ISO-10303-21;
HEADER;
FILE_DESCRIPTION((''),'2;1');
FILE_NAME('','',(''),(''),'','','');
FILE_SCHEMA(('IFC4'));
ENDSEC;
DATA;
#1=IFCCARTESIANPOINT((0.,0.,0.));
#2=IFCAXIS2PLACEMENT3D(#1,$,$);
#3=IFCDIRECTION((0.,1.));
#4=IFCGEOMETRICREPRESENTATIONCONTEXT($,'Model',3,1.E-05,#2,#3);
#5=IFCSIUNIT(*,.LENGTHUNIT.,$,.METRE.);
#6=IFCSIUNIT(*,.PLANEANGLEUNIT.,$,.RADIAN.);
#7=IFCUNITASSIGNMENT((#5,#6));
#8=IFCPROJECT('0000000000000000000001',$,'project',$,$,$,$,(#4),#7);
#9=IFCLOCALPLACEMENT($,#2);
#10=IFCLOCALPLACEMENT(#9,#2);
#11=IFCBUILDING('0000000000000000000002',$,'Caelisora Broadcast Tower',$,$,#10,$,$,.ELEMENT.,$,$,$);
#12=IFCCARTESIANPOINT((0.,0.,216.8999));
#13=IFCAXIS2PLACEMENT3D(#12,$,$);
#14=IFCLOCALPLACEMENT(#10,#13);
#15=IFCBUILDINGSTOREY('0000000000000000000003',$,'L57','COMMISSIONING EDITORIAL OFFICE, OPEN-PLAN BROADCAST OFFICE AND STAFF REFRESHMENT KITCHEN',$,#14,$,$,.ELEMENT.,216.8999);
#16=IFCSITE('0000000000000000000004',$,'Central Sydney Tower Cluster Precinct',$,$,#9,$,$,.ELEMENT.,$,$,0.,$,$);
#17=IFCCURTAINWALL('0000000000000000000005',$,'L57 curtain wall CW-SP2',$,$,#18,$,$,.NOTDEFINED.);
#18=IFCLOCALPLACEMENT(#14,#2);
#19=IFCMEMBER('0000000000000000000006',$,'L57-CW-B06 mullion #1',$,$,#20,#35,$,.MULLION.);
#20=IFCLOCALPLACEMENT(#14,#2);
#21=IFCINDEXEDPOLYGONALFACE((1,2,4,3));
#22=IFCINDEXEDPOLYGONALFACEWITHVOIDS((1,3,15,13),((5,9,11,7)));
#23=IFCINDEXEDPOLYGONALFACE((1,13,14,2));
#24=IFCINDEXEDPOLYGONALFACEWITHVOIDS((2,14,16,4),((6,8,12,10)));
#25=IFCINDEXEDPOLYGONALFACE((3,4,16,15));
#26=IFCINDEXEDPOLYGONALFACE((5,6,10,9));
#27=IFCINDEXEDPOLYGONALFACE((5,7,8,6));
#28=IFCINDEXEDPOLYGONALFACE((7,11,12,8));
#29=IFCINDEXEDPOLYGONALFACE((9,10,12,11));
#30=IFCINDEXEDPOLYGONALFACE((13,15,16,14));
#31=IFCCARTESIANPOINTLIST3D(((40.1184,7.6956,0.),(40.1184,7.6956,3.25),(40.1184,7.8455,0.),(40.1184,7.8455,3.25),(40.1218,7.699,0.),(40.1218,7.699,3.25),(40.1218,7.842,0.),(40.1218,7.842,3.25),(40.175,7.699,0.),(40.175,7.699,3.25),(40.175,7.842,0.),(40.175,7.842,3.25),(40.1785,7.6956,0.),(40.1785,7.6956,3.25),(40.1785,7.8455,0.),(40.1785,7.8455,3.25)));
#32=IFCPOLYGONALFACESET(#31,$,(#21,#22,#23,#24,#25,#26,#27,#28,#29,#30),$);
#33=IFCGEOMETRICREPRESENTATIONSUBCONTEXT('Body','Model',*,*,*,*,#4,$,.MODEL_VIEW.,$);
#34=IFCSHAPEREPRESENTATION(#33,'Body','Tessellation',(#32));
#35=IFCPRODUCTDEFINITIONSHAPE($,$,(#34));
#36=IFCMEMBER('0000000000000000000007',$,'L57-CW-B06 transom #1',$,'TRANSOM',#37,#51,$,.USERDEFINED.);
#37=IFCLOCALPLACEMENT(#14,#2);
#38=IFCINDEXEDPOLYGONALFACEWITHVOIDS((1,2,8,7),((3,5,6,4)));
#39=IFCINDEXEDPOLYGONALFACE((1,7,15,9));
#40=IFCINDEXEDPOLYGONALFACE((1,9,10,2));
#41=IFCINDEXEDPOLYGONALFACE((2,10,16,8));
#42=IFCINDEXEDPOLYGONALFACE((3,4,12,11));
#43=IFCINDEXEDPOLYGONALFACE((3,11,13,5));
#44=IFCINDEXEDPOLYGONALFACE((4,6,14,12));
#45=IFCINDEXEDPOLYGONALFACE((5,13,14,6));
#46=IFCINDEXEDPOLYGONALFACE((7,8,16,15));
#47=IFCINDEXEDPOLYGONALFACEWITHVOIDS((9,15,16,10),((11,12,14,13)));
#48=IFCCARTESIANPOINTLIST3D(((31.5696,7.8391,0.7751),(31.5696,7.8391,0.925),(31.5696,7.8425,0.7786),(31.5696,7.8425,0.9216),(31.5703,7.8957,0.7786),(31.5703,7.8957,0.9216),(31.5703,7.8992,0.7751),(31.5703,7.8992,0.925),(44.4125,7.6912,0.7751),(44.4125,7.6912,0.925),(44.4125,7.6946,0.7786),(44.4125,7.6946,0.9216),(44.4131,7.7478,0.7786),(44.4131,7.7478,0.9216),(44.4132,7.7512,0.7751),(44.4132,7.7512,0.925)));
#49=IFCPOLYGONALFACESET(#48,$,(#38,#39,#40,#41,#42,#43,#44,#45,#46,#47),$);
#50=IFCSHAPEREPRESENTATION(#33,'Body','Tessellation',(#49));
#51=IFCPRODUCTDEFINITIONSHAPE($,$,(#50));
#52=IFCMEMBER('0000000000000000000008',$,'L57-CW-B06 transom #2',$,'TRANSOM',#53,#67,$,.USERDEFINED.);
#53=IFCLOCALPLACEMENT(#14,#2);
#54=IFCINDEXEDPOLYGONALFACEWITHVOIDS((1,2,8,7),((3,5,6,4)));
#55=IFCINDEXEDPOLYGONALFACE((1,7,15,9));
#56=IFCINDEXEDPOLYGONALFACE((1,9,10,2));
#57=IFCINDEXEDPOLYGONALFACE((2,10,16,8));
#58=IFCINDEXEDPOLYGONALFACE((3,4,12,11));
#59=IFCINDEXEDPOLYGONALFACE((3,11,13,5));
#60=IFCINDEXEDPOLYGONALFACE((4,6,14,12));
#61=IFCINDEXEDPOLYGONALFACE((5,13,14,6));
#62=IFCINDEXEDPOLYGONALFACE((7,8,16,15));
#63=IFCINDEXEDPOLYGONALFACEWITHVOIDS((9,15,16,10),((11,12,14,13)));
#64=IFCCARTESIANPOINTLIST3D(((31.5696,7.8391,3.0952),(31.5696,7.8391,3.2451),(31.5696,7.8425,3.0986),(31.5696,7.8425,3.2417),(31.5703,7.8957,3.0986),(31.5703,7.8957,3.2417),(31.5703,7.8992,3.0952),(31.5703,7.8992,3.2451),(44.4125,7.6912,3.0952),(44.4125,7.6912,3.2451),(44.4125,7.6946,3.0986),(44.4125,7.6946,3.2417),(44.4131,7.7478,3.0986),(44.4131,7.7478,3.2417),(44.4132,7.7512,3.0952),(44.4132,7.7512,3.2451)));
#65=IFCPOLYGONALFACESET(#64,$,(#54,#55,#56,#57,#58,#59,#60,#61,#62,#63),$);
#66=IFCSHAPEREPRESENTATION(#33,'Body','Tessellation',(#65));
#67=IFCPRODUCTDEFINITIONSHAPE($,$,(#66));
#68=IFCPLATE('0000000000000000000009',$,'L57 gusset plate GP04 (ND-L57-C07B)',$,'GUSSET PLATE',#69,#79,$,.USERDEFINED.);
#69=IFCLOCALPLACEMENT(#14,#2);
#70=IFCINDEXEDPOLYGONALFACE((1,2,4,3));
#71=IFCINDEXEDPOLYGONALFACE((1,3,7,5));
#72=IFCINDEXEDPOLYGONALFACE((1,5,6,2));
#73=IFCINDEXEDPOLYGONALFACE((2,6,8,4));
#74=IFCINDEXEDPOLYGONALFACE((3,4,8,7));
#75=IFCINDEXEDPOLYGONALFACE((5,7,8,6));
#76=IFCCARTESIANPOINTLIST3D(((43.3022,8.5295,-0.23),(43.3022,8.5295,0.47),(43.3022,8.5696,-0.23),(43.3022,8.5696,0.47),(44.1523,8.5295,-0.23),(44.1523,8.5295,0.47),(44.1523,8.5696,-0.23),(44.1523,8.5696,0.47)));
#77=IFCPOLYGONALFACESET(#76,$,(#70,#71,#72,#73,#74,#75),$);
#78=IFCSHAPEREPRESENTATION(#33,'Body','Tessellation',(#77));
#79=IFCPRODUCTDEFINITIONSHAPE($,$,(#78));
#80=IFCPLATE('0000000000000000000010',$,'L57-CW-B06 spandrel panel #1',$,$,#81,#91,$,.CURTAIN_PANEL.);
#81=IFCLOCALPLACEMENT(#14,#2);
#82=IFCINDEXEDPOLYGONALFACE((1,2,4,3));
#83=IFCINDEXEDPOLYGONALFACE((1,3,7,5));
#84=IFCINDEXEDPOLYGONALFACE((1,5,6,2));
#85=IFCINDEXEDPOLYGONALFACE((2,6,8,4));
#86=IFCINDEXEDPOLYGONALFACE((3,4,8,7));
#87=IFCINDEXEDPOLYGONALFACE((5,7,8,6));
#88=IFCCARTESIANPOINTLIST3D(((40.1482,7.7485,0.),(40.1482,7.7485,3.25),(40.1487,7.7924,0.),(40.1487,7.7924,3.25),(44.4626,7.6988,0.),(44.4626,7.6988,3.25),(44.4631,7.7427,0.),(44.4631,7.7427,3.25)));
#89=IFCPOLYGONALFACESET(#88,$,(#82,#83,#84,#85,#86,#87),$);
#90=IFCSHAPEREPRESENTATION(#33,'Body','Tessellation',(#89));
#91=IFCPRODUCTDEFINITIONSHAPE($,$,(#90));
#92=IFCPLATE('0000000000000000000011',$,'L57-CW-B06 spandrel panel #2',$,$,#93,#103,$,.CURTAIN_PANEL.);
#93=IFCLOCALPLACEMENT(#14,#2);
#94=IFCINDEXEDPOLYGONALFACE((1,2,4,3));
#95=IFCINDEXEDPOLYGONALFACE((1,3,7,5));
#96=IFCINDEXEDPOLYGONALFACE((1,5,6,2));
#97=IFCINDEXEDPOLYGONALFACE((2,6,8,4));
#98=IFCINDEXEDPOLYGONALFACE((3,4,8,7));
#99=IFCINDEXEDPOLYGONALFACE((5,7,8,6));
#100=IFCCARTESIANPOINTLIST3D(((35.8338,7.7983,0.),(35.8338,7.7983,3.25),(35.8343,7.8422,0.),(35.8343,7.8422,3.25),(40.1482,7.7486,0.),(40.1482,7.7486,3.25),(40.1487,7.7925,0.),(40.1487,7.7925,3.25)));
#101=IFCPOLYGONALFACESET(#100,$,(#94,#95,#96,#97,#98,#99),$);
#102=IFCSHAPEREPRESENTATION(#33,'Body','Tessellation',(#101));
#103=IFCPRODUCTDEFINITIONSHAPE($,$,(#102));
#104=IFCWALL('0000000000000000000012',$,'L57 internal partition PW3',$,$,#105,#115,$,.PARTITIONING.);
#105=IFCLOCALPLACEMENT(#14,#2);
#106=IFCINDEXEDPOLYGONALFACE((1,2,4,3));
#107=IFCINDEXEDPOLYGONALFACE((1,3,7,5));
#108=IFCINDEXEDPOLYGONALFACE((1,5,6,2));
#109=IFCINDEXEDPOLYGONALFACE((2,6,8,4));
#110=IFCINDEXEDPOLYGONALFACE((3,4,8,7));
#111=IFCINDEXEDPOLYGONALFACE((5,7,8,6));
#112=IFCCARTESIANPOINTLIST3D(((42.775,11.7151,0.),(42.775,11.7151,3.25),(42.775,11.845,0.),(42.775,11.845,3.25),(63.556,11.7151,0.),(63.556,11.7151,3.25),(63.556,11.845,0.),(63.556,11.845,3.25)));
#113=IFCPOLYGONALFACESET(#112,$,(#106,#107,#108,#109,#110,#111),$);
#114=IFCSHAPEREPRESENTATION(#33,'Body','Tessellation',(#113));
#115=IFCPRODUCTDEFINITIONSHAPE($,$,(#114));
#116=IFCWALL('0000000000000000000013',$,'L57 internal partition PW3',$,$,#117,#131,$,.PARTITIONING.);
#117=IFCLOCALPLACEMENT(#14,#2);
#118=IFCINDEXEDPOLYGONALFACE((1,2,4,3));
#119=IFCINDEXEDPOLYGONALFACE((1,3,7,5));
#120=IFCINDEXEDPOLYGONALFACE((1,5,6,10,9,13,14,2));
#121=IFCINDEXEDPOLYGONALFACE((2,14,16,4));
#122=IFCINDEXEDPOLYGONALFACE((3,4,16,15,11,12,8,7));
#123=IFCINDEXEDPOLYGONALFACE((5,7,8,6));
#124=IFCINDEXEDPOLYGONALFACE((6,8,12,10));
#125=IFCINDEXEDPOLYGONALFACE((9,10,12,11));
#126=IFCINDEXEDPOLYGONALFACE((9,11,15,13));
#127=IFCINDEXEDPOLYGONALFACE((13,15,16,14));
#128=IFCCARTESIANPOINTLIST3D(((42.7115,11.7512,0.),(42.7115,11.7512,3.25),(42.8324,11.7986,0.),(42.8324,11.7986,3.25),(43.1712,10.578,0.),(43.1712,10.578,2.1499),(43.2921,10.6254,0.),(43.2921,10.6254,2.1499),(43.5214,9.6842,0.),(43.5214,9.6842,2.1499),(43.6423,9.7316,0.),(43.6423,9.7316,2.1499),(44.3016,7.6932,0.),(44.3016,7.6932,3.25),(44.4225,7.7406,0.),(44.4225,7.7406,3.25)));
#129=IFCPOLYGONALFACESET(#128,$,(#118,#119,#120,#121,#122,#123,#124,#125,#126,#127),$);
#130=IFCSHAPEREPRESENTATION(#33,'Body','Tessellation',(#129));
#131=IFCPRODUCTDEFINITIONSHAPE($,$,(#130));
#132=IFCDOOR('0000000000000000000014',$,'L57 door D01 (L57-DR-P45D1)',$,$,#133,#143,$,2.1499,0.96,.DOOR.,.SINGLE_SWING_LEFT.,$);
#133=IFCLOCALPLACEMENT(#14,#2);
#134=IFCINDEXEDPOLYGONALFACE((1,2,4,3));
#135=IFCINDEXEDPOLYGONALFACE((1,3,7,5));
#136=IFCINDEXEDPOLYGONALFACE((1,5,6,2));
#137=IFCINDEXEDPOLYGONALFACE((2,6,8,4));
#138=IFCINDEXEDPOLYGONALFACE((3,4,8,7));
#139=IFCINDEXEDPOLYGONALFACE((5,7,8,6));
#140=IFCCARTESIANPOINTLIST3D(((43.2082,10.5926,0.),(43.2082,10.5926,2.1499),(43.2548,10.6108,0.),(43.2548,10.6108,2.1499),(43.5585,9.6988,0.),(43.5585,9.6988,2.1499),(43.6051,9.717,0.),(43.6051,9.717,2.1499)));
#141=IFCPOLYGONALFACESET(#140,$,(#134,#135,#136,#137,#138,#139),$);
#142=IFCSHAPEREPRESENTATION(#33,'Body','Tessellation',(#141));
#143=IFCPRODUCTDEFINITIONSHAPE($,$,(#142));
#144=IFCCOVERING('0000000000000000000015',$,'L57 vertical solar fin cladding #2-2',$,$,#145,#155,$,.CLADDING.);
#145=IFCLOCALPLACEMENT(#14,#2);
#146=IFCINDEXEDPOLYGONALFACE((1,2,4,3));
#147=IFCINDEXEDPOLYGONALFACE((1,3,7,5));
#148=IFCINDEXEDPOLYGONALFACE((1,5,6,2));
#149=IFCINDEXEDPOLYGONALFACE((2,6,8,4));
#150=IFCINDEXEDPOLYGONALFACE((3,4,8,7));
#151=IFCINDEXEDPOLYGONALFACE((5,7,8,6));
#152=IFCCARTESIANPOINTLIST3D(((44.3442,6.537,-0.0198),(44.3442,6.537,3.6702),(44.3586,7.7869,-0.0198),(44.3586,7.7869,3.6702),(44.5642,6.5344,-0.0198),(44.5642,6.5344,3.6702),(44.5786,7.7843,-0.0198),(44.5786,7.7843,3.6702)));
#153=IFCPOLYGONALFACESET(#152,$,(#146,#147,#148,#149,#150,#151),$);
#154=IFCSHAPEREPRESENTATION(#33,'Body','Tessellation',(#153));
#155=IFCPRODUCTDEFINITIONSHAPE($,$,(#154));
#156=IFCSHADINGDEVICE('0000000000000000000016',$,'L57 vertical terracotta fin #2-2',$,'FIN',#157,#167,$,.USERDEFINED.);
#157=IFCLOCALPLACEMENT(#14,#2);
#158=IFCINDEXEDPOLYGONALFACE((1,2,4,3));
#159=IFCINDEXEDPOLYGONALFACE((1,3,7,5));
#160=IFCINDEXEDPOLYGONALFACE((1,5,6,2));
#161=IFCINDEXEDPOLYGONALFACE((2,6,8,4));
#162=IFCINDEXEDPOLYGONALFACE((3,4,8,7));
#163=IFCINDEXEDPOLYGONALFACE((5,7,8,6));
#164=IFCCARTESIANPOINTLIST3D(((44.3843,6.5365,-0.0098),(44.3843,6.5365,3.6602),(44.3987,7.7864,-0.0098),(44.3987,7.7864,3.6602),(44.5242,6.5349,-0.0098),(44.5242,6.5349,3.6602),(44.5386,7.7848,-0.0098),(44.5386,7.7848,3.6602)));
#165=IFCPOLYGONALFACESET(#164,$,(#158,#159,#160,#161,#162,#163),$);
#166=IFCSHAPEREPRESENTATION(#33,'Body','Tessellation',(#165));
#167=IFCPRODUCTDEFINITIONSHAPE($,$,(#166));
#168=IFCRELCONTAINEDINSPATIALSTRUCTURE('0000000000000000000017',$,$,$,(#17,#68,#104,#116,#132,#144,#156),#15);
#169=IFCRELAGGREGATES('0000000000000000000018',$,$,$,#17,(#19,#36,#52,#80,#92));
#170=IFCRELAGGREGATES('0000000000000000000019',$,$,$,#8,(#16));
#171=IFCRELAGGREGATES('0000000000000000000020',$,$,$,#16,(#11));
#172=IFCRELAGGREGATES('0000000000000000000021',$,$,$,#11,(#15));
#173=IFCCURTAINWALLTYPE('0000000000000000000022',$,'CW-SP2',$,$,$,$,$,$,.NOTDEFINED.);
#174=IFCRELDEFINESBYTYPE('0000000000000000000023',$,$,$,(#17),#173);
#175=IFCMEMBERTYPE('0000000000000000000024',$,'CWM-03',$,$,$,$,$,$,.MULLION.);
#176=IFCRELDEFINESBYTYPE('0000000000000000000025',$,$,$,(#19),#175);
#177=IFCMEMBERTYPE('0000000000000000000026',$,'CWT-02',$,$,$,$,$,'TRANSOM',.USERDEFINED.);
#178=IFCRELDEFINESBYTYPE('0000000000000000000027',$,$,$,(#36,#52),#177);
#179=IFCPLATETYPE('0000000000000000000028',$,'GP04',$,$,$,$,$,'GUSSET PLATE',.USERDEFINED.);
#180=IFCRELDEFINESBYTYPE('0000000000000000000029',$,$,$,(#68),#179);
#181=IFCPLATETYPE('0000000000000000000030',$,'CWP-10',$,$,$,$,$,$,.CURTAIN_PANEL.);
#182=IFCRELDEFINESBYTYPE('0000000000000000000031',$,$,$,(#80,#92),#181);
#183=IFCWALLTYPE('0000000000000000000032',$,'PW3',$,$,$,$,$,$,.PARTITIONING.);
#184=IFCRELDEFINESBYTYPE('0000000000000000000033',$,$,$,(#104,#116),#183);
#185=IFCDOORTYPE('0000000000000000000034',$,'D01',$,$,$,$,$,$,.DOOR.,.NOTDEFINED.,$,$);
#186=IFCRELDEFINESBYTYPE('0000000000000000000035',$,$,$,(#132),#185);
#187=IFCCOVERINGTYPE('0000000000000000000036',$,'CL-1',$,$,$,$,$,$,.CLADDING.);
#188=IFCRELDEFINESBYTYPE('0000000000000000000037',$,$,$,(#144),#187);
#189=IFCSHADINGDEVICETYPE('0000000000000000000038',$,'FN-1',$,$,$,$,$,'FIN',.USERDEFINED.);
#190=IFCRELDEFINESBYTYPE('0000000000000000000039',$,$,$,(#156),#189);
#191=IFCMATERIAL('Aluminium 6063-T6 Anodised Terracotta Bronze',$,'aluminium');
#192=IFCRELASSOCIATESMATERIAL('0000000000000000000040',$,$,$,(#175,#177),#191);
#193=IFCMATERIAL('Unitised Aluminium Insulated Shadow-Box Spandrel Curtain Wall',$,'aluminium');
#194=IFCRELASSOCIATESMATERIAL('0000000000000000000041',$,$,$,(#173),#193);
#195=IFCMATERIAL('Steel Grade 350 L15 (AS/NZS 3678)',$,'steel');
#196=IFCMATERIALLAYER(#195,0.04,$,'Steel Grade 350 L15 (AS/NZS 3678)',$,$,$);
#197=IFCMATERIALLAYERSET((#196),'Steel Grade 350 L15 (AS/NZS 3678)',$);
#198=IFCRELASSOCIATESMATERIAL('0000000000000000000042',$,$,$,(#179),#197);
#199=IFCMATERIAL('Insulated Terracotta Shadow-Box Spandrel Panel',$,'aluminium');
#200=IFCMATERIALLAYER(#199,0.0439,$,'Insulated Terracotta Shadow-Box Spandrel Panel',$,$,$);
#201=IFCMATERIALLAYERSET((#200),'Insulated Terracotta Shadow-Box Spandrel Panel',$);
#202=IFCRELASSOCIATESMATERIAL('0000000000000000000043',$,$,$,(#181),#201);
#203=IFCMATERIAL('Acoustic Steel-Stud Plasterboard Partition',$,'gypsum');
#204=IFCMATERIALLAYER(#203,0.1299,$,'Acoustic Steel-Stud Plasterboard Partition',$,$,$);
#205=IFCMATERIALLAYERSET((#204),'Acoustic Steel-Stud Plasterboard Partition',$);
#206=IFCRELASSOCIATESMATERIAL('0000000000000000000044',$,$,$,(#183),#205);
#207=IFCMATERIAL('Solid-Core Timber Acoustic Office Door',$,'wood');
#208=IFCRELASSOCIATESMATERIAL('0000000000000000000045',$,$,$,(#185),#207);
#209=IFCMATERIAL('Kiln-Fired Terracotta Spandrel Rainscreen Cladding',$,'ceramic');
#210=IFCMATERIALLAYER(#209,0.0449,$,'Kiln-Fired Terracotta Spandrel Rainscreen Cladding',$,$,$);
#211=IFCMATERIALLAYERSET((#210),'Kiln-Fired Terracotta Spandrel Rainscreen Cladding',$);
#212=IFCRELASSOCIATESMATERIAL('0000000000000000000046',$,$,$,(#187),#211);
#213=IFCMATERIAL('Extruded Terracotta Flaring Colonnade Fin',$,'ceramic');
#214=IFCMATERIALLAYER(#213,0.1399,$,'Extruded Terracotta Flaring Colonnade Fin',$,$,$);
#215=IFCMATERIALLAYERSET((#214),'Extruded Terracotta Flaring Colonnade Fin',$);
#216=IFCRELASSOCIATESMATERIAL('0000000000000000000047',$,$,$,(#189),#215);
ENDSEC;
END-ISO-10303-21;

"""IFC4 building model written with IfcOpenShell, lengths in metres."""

from ifc_helpers import new_model, si_unit, direction, frame, frame_2d, origin, origin_2d, place, context, subcontext, project, spatial, rectangle, hollow_rectangle, extrude, source, transform, mapped, material, layer, layer_set, material_profile, profile_set, type_object, type_shapes, element, fill, aggregate, save


model = new_model("IFC4")

# Units and contexts
model_context = context("Model", 3, precision=1e-05, world=origin(), true_north=direction((0.0, 1.0)))
body_context = subcontext(model_context, "Body", "Model", "MODEL_VIEW")
ifc_project = project(units=[si_unit("LENGTHUNIT", "METRE"), si_unit("PLANEANGLEUNIT", "RADIAN")], contexts=[model_context])

# Site, building, storey
site_placement = place(None, origin())
site = spatial("IfcSite", under=ifc_project, at=site_placement, Name="Central Sydney Tower Cluster Precinct", CompositionType="ELEMENT", RefElevation=0.0)
building_placement = place(site_placement, origin())
building = spatial("IfcBuilding", under=site, at=building_placement, Name="Caelisora Broadcast Tower", CompositionType="ELEMENT")
storey_placement = place(building_placement, frame((0.0, 0.0, 216.8999)))
storey = spatial("IfcBuildingStorey", under=building, at=storey_placement, Name="L57", Description="COMMISSIONING EDITORIAL OFFICE, OPEN-PLAN BROADCAST OFFICE AND STAFF REFRESHMENT KITCHEN", CompositionType="ELEMENT", Elevation=216.8999)

# Shared definitions
ifc_material_1 = material(Name="Steel Grade 350 L15 (AS/NZS 3678)", Category="steel")

# Shared definitions
ifc_material_2 = material(Name="Aluminium 6063-T6 Anodised Terracotta Bronze", Category="aluminium")
ifc_material_profile_1 = material_profile(ifc_material_2, hollow_rectangle(XDim=0.0601, YDim=0.1499, WallThickness=0.0034, at=origin_2d()), Name="Aluminium 6063-T6 Anodised Terracotta Bronze")
ifc_profile_set_1 = profile_set([ifc_material_profile_1], Name="Aluminium 6063-T6 Anodised Terracotta Bronze")
member_type_1 = type_object("IfcMemberType", Name="CWM-03", PredefinedType="MULLION", material=ifc_profile_set_1)
shared_shape_1 = source(origin(), body_context, "Body", "SweptSolid", [
    extrude(hollow_rectangle(XDim=0.0601, YDim=0.1499, WallThickness=0.0034, at=origin_2d()), origin(), (0.0, 0.0, 1.0), 3.25),
])
type_shapes(member_type_1, [shared_shape_1])

# Curtain wall, members
ifc_material_3 = material(Name="Unitised Aluminium Insulated Shadow-Box Spandrel Curtain Wall", Category="aluminium")
curtain_wall_type_1 = type_object("IfcCurtainWallType", Name="CW-SP2", PredefinedType="NOTDEFINED", material=ifc_material_3)
curtain_wall_1_placement = place(storey_placement, origin())
curtain_wall_1 = element("IfcCurtainWall", 1, at=curtain_wall_1_placement, inside=storey, type_object=curtain_wall_type_1, Name="L57 curtain wall CW-SP2", PredefinedType="NOTDEFINED")
member_1_placement = place(storey_placement, frame((40.1484, 7.7705, 0.0), z_axis=(0.0, 0.0, 1.0), x_axis=(1.0, 0.0, 0.0)))
member_1 = element("IfcMember", 2, at=member_1_placement, type_object=member_type_1, Name="L57-CW-B06 mullion #1", PredefinedType="MULLION", context=body_context, shape_type="MappedRepresentation", body=[
    mapped(shared_shape_1, transform((0.0, 0.0, 0.0), scale=1.0)),
])
ifc_material_profile_2 = material_profile(ifc_material_2, hollow_rectangle(XDim=0.0601, YDim=0.1499, WallThickness=0.0034, at=origin_2d()), Name="Aluminium 6063-T6 Anodised Terracotta Bronze")
ifc_profile_set_2 = profile_set([ifc_material_profile_2], Name="Aluminium 6063-T6 Anodised Terracotta Bronze")
member_type_2 = type_object("IfcMemberType", Name="CWT-02", ElementType="TRANSOM", PredefinedType="USERDEFINED", material=ifc_profile_set_2)
shared_shape_2 = source(origin(), body_context, "Body", "SweptSolid", [
    extrude(hollow_rectangle(XDim=0.0601, YDim=0.1499, WallThickness=0.0034, at=origin_2d()), origin(), (0.0, 0.0, 1.0), 12.8438),
])
type_shapes(member_type_2, [shared_shape_2])
member_2_placement = place(storey_placement, frame((44.4128, 7.7212, 0.8501), z_axis=(-0.999934, 0.011519, 0.0), x_axis=(-0.011519, -0.999934, 0.0)))
member_2 = element("IfcMember", 3, at=member_2_placement, type_object=member_type_2, Name="L57-CW-B06 transom #1", ObjectType="TRANSOM", PredefinedType="USERDEFINED", context=body_context, shape_type="MappedRepresentation", body=[
    mapped(shared_shape_2, transform((0.0, 0.0, 0.0), scale=1.0)),
])
member_3_placement = place(storey_placement, frame((44.4128, 7.7212, 3.1702), z_axis=(-0.999934, 0.011519, 0.0), x_axis=(-0.011519, -0.999934, 0.0)))
member_3 = element("IfcMember", 4, at=member_3_placement, type_object=member_type_2, Name="L57-CW-B06 transom #2", ObjectType="TRANSOM", PredefinedType="USERDEFINED", context=body_context, shape_type="MappedRepresentation", body=[
    mapped(shared_shape_2, transform((0.0, 0.0, 0.0), scale=1.0)),
])

# Plates
ifc_layer_1 = layer(ifc_material_1, 0.04, Name="Steel Grade 350 L15 (AS/NZS 3678)")
ifc_layer_set_1 = layer_set([ifc_layer_1], Name="Steel Grade 350 L15 (AS/NZS 3678)")
plate_type_1 = type_object("IfcPlateType", Name="GP04", ElementType="GUSSET PLATE", PredefinedType="USERDEFINED", material=ifc_layer_set_1)
shared_shape_3 = source(origin(), body_context, "Body", "SweptSolid", [
    extrude(rectangle(XDim=0.8501, YDim=0.04, at=origin_2d()), origin(), (0.0, 0.0, 1.0), 0.7),
])
type_shapes(plate_type_1, [shared_shape_3])
plate_1_placement = place(storey_placement, frame((43.7273, 8.5496, -0.23), z_axis=(0.0, 0.0, 1.0), x_axis=(1.0, 0.0, 0.0)))
element("IfcPlate", 5, at=plate_1_placement, inside=storey, type_object=plate_type_1, Name="L57 gusset plate GP04 (ND-L57-C07B)", ObjectType="GUSSET PLATE", PredefinedType="USERDEFINED", context=body_context, shape_type="MappedRepresentation", body=[
    mapped(shared_shape_3, transform((0.0, 0.0, 0.0), scale=1.0)),
])
ifc_material_4 = material(Name="Insulated Terracotta Shadow-Box Spandrel Panel", Category="aluminium")
ifc_layer_2 = layer(ifc_material_4, 0.0439, Name="Insulated Terracotta Shadow-Box Spandrel Panel")
ifc_layer_set_2 = layer_set([ifc_layer_2], Name="Insulated Terracotta Shadow-Box Spandrel Panel")
plate_type_2 = type_object("IfcPlateType", Name="CWP-10", PredefinedType="CURTAIN_PANEL", material=ifc_layer_set_2)
shared_shape_4 = source(origin(), body_context, "Body", "SweptSolid", [
    extrude(rectangle(XDim=4.3147, YDim=0.0439, at=origin_2d()), origin(), (0.0, 0.0, 1.0), 3.25),
])
type_shapes(plate_type_2, [shared_shape_4])
plate_2_placement = place(storey_placement, frame((42.3057, 7.7456, 0.0), z_axis=(0.0, 0.0, 1.0), x_axis=(-0.999934, 0.011519, 0.0)))
plate_2 = element("IfcPlate", 6, at=plate_2_placement, type_object=plate_type_2, Name="L57-CW-B06 spandrel panel #1", PredefinedType="CURTAIN_PANEL", context=body_context, shape_type="MappedRepresentation", body=[
    mapped(shared_shape_4, transform((0.0, 0.0, 0.0), scale=1.0)),
])
plate_3_placement = place(storey_placement, frame((37.9912, 7.7954, 0.0), z_axis=(0.0, 0.0, 1.0), x_axis=(-0.999934, 0.011519, 0.0)))
plate_3 = element("IfcPlate", 7, at=plate_3_placement, type_object=plate_type_2, Name="L57-CW-B06 spandrel panel #2", PredefinedType="CURTAIN_PANEL", context=body_context, shape_type="MappedRepresentation", body=[
    mapped(shared_shape_4, transform((0.0, 0.0, 0.0), scale=1.0)),
])
aggregate(curtain_wall_1, [member_1, member_2, member_3, plate_2, plate_3])

# Wall
ifc_material_5 = material(Name="Acoustic Steel-Stud Plasterboard Partition", Category="gypsum")
ifc_layer_3 = layer(ifc_material_5, 0.1299, Name="Acoustic Steel-Stud Plasterboard Partition")
ifc_layer_set_3 = layer_set([ifc_layer_3], Name="Acoustic Steel-Stud Plasterboard Partition")
wall_type = type_object("IfcWallType", Name="PW3", PredefinedType="PARTITIONING", material=ifc_layer_set_3)
wall_1_placement = place(storey_placement, frame((42.7749, 11.78, 0.0), z_axis=(0.0, 0.0, 1.0), x_axis=(1.0, 0.0, 0.0)))
element("IfcWall", 8, at=wall_1_placement, inside=storey, type_object=wall_type, Name="L57 internal partition PW3", PredefinedType="PARTITIONING", context=body_context, shape_type="SweptSolid", body=[
    extrude(rectangle(XDim=20.781, YDim=0.1299, at=frame_2d((10.3906, 0.0))), origin(), (0.0, 0.0, 1.0), 3.25),
])

# Wall, opening, door
wall_2_placement = place(storey_placement, frame((42.772, 11.7749, 0.0), z_axis=(0.0, 0.0, 1.0), x_axis=(0.364824, -0.931077, 0.0)))
wall_2 = element("IfcWall", 9, at=wall_2_placement, inside=storey, type_object=wall_type, Name="L57 internal partition PW3", PredefinedType="PARTITIONING", context=body_context, shape_type="SweptSolid", body=[
    extrude(rectangle(XDim=4.3584, YDim=0.1299, at=frame_2d((2.1792, 0.0))), origin(), (0.0, 0.0, 1.0), 3.25),
])
opening_placement = place(wall_2_placement, frame((1.26, 0.0, 0.0)))
opening = element("IfcOpeningElement", 10, at=opening_placement, cuts=wall_2, PredefinedType="OPENING", context=body_context, shape_type="SweptSolid", body=[
    extrude(rectangle(XDim=0.96, YDim=2.1499, at=frame_2d((0.48, 1.075))), frame((0.0, 0.0769, 0.0), z_axis=(0.0, -1.0, 0.0), x_axis=(1.0, 0.0, 0.0)), (0.0, 0.0, 1.0), 0.1538),
])
ifc_material_6 = material(Name="Solid-Core Timber Acoustic Office Door", Category="wood")
door_type = type_object("IfcDoorType", Name="D01", OperationType="NOTDEFINED", PredefinedType="DOOR", material=ifc_material_6)
door_placement = place(opening_placement, origin())
door = element("IfcDoor", 11, at=door_placement, inside=storey, type_object=door_type, Name="L57 door D01 (L57-DR-P45D1)", OperationType="SINGLE_SWING_LEFT", OverallHeight=2.1499, OverallWidth=0.96, PredefinedType="DOOR", context=body_context, shape_type="SweptSolid", body=[
    extrude(rectangle(XDim=0.96, YDim=2.1499, at=frame_2d((0.48, 1.075))), frame((0.0, 0.0249, 0.0), z_axis=(0.0, -1.0, 0.0), x_axis=(1.0, 0.0, 0.0)), (0.0, 0.0, 1.0), 0.05),
])
fill(opening, door)

# Covering
ifc_material_7 = material(Name="Kiln-Fired Terracotta Spandrel Rainscreen Cladding", Category="ceramic")
ifc_layer_4 = layer(ifc_material_7, 0.0449, Name="Kiln-Fired Terracotta Spandrel Rainscreen Cladding")
ifc_layer_set_4 = layer_set([ifc_layer_4], Name="Kiln-Fired Terracotta Spandrel Rainscreen Cladding")
covering_type = type_object("IfcCoveringType", Name="CL-1", PredefinedType="CLADDING", material=ifc_layer_set_4)
shared_shape_5 = source(origin(), body_context, "Body", "SweptSolid", [
    extrude(rectangle(XDim=0.22, YDim=1.25, at=origin_2d()), origin(), (0.0, 0.0, 1.0), 3.6899),
])
type_shapes(covering_type, [shared_shape_5])
covering_placement = place(storey_placement, frame((44.4614, 7.1606, -0.0198), z_axis=(0.0, 0.0, 1.0), x_axis=(-0.999934, 0.011519, 0.0)))
element("IfcCovering", 12, at=covering_placement, inside=storey, type_object=covering_type, Name="L57 vertical solar fin cladding #2-2", PredefinedType="CLADDING", context=body_context, shape_type="MappedRepresentation", body=[
    mapped(shared_shape_5, transform((0.0, 0.0, 0.0), scale=1.0)),
])

# Shading device
ifc_material_8 = material(Name="Extruded Terracotta Flaring Colonnade Fin", Category="ceramic")
ifc_layer_5 = layer(ifc_material_8, 0.1399, Name="Extruded Terracotta Flaring Colonnade Fin")
ifc_layer_set_5 = layer_set([ifc_layer_5], Name="Extruded Terracotta Flaring Colonnade Fin")
shading_device_type_1 = type_object("IfcShadingDeviceType", Name="FN-1", ElementType="FIN", PredefinedType="USERDEFINED", material=ifc_layer_set_5)
shared_shape_6 = source(origin(), body_context, "Body", "SweptSolid", [
    extrude(rectangle(XDim=0.1399, YDim=1.25, at=origin_2d()), origin(), (0.0, 0.0, 1.0), 3.6699),
])
type_shapes(shading_device_type_1, [shared_shape_6])
shading_device_1_placement = place(storey_placement, frame((44.4614, 7.1606, -0.0098), z_axis=(0.0, 0.0, 1.0), x_axis=(-0.999934, 0.011519, 0.0)))
element("IfcShadingDevice", 13, at=shading_device_1_placement, inside=storey, type_object=shading_device_type_1, Name="L57 vertical terracotta fin #2-2", ObjectType="FIN", PredefinedType="USERDEFINED", context=body_context, shape_type="MappedRepresentation", body=[
    mapped(shared_shape_6, transform((0.0, 0.0, 0.0), scale=1.0)),
])

save(model, "model.ifc")
